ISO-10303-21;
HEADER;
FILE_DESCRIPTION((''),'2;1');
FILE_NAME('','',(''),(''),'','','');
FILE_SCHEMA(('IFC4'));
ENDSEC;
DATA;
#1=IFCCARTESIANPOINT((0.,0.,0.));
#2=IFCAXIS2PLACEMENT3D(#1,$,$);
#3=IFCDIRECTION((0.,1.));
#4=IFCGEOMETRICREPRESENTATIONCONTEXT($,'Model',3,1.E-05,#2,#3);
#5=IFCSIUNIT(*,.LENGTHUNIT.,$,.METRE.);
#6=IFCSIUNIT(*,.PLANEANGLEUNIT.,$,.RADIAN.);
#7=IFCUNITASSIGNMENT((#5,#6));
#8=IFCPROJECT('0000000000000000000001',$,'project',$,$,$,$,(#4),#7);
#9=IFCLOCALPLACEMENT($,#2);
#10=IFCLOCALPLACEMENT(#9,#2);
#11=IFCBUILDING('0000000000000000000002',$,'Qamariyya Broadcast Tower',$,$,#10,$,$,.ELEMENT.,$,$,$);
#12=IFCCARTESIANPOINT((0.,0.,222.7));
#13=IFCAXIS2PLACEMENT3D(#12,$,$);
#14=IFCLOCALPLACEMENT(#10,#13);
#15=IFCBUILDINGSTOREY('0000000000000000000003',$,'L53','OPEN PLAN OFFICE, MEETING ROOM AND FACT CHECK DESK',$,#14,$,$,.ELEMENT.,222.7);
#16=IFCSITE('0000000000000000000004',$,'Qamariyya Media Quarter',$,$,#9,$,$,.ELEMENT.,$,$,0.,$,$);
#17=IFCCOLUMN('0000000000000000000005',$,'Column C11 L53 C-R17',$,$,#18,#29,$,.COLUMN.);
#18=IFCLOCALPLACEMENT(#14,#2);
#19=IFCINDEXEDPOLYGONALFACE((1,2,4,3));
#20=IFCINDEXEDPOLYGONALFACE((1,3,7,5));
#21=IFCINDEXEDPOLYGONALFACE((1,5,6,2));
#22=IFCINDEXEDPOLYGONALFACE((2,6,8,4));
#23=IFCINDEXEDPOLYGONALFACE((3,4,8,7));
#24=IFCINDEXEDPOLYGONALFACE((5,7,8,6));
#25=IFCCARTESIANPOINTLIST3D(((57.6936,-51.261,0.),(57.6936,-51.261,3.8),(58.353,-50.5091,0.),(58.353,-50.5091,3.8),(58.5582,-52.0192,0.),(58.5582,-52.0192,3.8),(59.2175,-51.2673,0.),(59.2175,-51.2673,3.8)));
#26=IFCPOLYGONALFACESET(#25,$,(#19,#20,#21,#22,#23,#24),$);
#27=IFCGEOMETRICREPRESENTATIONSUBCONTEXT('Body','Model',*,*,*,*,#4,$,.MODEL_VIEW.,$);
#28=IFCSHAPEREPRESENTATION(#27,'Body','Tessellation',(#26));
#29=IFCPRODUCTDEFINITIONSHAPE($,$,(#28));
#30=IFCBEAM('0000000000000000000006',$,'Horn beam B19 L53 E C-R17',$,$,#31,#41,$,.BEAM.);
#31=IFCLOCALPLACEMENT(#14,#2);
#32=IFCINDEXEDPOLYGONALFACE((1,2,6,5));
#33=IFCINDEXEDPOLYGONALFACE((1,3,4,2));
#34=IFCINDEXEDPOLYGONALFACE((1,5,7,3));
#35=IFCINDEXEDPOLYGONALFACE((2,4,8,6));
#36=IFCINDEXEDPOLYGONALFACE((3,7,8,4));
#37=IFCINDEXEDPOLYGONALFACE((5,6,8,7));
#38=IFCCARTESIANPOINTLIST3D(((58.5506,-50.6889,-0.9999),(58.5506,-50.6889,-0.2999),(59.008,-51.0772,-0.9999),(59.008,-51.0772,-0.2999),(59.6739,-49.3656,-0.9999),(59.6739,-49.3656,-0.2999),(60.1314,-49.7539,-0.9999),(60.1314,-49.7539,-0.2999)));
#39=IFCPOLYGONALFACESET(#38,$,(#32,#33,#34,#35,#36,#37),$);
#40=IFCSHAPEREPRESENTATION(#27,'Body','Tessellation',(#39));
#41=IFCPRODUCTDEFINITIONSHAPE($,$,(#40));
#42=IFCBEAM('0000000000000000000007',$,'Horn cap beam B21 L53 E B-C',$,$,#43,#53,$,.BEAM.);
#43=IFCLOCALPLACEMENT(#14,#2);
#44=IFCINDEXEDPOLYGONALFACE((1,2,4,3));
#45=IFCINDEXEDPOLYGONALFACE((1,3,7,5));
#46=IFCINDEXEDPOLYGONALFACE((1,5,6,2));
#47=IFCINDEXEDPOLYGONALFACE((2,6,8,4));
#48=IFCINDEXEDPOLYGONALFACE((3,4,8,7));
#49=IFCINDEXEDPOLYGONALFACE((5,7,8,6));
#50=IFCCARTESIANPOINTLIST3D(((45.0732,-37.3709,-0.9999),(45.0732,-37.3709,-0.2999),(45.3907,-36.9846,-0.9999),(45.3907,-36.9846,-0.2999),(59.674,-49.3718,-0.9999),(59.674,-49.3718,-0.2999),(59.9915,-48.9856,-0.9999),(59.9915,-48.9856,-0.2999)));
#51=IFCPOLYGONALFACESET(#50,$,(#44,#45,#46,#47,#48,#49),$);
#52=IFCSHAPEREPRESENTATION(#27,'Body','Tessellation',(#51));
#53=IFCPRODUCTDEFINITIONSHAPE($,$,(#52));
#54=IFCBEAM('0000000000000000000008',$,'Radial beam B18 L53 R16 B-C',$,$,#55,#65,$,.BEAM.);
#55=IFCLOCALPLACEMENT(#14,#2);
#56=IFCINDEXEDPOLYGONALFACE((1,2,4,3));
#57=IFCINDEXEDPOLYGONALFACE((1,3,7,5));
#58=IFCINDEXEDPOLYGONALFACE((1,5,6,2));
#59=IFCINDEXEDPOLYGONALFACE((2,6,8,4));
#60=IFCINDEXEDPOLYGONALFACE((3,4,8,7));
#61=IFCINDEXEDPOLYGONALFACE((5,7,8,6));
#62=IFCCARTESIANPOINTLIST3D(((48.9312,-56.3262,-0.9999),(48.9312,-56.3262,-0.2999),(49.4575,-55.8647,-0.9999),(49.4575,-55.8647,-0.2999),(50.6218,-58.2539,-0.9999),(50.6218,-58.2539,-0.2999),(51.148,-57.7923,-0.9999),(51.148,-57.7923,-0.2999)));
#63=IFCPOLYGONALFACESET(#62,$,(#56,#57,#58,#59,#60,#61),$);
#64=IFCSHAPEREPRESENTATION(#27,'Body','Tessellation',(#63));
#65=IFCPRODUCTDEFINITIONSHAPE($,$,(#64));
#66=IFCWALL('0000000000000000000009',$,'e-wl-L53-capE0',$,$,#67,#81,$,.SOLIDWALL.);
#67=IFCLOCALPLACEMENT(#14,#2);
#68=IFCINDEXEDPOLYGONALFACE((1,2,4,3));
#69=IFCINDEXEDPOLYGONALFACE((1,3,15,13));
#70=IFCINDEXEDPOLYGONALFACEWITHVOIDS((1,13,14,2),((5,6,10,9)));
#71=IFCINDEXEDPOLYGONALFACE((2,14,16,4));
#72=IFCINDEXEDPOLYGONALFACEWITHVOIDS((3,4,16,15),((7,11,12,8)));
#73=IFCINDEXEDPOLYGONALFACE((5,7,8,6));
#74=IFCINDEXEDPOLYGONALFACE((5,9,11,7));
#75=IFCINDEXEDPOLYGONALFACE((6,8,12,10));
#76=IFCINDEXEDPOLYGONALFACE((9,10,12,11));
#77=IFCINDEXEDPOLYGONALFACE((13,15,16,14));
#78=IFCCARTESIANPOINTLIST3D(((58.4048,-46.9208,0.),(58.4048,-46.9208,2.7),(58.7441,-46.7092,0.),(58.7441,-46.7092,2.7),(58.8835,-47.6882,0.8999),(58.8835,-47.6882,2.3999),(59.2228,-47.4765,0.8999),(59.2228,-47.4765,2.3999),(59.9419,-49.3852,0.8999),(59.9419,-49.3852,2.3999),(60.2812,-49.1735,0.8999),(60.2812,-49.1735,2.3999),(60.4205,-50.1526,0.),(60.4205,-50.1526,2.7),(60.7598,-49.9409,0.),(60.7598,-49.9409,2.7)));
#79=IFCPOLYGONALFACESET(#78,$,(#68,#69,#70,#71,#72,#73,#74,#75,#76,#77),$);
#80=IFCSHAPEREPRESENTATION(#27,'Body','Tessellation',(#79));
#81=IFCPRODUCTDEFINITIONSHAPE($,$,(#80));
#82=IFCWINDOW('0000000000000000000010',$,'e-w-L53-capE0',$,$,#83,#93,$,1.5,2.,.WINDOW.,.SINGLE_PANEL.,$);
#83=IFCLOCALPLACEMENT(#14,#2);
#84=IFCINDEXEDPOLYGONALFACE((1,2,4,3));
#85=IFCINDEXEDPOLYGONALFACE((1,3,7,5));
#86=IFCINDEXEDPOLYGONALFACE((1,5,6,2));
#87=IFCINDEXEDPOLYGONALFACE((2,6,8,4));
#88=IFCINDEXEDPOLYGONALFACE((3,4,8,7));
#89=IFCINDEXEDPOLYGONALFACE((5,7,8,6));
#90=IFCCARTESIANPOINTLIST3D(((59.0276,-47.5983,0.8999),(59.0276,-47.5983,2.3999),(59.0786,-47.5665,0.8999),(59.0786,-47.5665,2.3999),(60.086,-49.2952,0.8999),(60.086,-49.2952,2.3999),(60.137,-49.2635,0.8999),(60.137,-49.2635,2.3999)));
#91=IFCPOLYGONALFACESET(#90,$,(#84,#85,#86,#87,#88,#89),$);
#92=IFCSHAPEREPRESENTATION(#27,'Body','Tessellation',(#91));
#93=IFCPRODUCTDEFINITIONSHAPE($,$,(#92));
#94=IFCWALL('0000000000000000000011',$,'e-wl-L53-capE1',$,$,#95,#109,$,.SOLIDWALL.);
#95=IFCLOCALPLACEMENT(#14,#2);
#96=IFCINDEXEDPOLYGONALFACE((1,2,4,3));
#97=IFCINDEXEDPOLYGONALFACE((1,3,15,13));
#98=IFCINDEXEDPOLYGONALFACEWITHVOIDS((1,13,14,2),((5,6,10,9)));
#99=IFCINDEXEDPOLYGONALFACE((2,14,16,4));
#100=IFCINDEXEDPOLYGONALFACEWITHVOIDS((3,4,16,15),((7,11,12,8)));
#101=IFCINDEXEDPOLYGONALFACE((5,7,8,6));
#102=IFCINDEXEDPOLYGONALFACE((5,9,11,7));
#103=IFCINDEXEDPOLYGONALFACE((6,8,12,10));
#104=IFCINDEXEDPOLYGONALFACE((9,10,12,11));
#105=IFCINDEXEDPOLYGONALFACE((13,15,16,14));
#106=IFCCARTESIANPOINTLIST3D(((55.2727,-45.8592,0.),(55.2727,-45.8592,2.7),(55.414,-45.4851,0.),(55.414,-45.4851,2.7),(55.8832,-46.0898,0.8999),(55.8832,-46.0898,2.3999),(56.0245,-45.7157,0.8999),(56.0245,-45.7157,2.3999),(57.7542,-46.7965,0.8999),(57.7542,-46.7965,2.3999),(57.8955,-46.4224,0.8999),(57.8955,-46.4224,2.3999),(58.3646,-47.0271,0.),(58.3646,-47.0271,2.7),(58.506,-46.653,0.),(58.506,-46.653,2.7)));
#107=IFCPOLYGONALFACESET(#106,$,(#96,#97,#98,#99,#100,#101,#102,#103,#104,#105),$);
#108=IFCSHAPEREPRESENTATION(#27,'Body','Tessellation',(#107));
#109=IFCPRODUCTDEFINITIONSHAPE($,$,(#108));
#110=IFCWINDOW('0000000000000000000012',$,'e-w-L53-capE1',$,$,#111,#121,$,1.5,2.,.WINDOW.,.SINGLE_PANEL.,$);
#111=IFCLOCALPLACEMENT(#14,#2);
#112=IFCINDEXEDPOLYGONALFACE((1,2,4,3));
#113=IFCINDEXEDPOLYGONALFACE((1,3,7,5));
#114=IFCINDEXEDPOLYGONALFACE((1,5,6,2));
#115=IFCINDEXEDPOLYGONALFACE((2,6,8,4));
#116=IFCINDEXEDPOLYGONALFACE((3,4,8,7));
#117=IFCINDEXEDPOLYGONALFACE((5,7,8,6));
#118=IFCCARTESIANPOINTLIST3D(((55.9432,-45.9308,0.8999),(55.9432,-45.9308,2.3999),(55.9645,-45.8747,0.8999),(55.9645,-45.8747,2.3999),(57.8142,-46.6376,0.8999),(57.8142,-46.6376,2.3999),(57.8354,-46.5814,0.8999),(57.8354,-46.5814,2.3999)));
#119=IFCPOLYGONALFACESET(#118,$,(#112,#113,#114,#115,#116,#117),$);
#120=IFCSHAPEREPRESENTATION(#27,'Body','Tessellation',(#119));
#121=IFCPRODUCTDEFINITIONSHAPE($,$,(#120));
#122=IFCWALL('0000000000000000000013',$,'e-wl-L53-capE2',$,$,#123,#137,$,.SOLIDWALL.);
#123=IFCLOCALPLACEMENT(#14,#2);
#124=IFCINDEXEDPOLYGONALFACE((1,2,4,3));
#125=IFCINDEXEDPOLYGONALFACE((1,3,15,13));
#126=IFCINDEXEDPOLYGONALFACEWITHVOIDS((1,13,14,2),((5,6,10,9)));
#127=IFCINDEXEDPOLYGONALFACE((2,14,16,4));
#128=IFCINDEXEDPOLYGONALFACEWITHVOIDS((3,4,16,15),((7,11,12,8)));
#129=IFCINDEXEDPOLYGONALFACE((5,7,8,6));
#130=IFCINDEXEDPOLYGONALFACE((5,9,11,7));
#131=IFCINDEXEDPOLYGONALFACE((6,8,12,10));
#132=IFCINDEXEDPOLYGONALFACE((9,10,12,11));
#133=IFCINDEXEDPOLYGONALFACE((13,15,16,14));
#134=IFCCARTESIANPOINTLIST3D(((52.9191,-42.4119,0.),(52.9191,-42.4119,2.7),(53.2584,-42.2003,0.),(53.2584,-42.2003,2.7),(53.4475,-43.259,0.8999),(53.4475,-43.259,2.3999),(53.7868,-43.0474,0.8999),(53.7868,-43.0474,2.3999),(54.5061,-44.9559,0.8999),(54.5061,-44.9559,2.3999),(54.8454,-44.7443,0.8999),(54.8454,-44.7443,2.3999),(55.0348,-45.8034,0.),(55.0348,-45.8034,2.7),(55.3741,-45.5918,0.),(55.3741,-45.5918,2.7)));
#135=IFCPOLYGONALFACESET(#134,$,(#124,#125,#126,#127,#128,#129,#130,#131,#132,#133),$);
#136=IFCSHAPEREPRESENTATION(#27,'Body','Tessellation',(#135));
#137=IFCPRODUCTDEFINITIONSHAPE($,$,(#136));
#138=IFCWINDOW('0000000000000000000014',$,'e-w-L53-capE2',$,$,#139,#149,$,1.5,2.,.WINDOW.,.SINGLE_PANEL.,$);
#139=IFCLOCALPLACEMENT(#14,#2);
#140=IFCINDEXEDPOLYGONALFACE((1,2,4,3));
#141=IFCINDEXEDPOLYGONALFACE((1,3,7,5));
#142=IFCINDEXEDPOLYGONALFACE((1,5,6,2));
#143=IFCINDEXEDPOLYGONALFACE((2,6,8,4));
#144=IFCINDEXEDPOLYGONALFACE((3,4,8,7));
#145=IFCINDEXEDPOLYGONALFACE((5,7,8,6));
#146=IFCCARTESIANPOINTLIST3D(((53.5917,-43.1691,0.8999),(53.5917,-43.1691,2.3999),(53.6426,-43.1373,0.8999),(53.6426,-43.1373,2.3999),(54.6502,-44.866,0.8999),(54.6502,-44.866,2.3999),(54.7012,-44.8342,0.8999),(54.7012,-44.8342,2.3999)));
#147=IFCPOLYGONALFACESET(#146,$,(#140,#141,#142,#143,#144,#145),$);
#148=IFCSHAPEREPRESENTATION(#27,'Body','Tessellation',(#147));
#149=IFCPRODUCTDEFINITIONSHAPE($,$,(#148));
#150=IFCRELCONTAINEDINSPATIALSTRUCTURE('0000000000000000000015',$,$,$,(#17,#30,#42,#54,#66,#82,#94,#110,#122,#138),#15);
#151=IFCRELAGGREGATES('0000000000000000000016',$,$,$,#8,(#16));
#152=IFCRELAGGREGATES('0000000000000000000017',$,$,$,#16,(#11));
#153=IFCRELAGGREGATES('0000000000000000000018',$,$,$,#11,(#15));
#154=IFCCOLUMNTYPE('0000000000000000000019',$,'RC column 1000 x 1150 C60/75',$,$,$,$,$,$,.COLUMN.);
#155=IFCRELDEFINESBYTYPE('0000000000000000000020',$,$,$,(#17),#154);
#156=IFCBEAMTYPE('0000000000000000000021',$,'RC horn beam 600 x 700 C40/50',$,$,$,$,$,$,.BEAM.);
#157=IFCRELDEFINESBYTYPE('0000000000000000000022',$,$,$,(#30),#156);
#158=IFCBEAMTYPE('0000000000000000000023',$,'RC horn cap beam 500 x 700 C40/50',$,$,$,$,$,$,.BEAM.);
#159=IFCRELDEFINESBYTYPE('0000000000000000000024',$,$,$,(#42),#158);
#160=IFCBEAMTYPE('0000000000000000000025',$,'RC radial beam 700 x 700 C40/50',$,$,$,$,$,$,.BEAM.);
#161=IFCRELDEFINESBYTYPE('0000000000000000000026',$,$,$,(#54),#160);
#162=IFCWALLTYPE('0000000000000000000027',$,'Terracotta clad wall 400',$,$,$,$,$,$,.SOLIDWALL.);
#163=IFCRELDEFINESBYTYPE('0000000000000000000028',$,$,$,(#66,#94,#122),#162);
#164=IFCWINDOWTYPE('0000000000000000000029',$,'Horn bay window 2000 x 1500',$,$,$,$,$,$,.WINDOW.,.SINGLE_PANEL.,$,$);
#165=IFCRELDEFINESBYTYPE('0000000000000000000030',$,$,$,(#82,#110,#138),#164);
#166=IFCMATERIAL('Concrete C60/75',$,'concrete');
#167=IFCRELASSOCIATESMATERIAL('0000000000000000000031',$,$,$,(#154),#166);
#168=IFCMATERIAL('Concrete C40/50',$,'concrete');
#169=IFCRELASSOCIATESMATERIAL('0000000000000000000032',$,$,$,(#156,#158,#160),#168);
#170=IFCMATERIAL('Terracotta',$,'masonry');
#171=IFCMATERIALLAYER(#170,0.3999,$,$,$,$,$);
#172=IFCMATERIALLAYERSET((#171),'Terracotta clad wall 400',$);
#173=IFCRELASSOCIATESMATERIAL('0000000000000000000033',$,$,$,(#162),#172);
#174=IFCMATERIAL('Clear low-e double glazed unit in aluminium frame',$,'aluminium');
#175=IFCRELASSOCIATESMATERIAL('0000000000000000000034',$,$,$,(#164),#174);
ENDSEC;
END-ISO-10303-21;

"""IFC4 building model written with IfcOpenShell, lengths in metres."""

from ifc_helpers import new_model, si_unit, direction, frame, frame_2d, origin, origin_2d, place, context, subcontext, project, spatial, rectangle, extrude, material, layer, layer_set, material_profile, profile_set, type_object, element, fill, save


model = new_model("IFC4")

# Units and contexts
model_context = context("Model", 3, precision=1e-05, world=origin(), true_north=direction((0.0, 1.0)))
body_context = subcontext(model_context, "Body", "Model", "MODEL_VIEW")
ifc_project = project(units=[si_unit("LENGTHUNIT", "METRE"), si_unit("PLANEANGLEUNIT", "RADIAN")], contexts=[model_context])

# Site, building, storey
site_placement = place(None, origin())
site = spatial("IfcSite", under=ifc_project, at=site_placement, Name="Qamariyya Media Quarter", CompositionType="ELEMENT", RefElevation=0.0)
building_placement = place(site_placement, origin())
building = spatial("IfcBuilding", under=site, at=building_placement, Name="Qamariyya Broadcast Tower", CompositionType="ELEMENT")
storey_placement = place(building_placement, frame((0.0, 0.0, 222.7)))
storey = spatial("IfcBuildingStorey", under=building, at=storey_placement, Name="L53", Description="OPEN PLAN OFFICE, MEETING ROOM AND FACT CHECK DESK", CompositionType="ELEMENT", Elevation=222.7)

# Column
ifc_material_1 = material(Name="Concrete C60/75", Category="concrete")
ifc_material_profile_1 = material_profile(ifc_material_1, rectangle(XDim=1.0, YDim=1.1499, at=origin_2d()))
ifc_profile_set_1 = profile_set([ifc_material_profile_1], Name="Concrete C60/75")
column_type = type_object("IfcColumnType", Name="RC column 1000 x 1150 C60/75", PredefinedType="COLUMN", material=ifc_profile_set_1)
column_placement = place(storey_placement, frame((58.4556, -51.2642, 0.0), z_axis=(0.0, 0.0, 1.0), x_axis=(0.659346, 0.75184, 0.0)))
element("IfcColumn", 1, at=column_placement, inside=storey, type_object=column_type, Name="Column C11 L53 C-R17", PredefinedType="COLUMN", context=body_context, shape_type="SweptSolid", body=[
    extrude(rectangle(XDim=1.0, YDim=1.1499, at=origin_2d()), origin(), (0.0, 0.0, 1.0), 3.8),
])

# Beams
ifc_material_2 = material(Name="Concrete C40/50", Category="concrete")
ifc_material_profile_2 = material_profile(ifc_material_2, rectangle(XDim=0.6001, YDim=0.7, at=origin_2d()))
ifc_profile_set_2 = profile_set([ifc_material_profile_2], Name="Concrete C40/50")
beam_type_1 = type_object("IfcBeamType", Name="RC horn beam 600 x 700 C40/50", PredefinedType="BEAM", material=ifc_profile_set_2)
beam_1_placement = place(storey_placement, frame((58.7793, -50.8831, -0.6499), z_axis=(0.647158, 0.762356, 0.0), x_axis=(-0.762356, 0.647158, 0.0)))
element("IfcBeam", 2, at=beam_1_placement, inside=storey, type_object=beam_type_1, Name="Horn beam B19 L53 E C-R17", PredefinedType="BEAM", context=body_context, shape_type="SweptSolid", body=[
    extrude(rectangle(XDim=0.6001, YDim=0.7, at=origin_2d()), origin(), (0.0, 0.0, 1.0), 1.7358),
])
ifc_material_profile_3 = material_profile(ifc_material_2, rectangle(XDim=0.5, YDim=0.7, at=origin_2d()))
ifc_profile_set_3 = profile_set([ifc_material_profile_3], Name="Concrete C40/50")
beam_type_2 = type_object("IfcBeamType", Name="RC horn cap beam 500 x 700 C40/50", PredefinedType="BEAM", material=ifc_profile_set_3)
beam_2_placement = place(storey_placement, frame((45.2319, -37.1777, -0.6499), z_axis=(0.772533, -0.634974, 0.0), x_axis=(0.634974, 0.772533, 0.0)))
element("IfcBeam", 3, at=beam_2_placement, inside=storey, type_object=beam_type_2, Name="Horn cap beam B21 L53 E B-C", PredefinedType="BEAM", context=body_context, shape_type="SweptSolid", body=[
    extrude(rectangle(XDim=0.5, YDim=0.7, at=origin_2d()), origin(), (0.0, 0.0, 1.0), 18.8999),
])
ifc_material_profile_4 = material_profile(ifc_material_2, rectangle(XDim=0.7, YDim=0.7, at=origin_2d()))
ifc_profile_set_4 = profile_set([ifc_material_profile_4], Name="Concrete C40/50")
beam_type_3 = type_object("IfcBeamType", Name="RC radial beam 700 x 700 C40/50", PredefinedType="BEAM", material=ifc_profile_set_4)
beam_3_placement = place(storey_placement, frame((49.1943, -56.0955, -0.6499), z_axis=(0.659367, -0.751821, 0.0), x_axis=(0.751821, 0.659367, 0.0)))
element("IfcBeam", 4, at=beam_3_placement, inside=storey, type_object=beam_type_3, Name="Radial beam B18 L53 R16 B-C", PredefinedType="BEAM", context=body_context, shape_type="SweptSolid", body=[
    extrude(rectangle(XDim=0.7, YDim=0.7, at=origin_2d()), origin(), (0.0, 0.0, 1.0), 2.564),
])

# Walls, openings, windows
ifc_material_3 = material(Name="Terracotta", Category="masonry")
ifc_layer = layer(ifc_material_3, 0.3999)
ifc_layer_set = layer_set([ifc_layer], Name="Terracotta clad wall 400")
wall_type = type_object("IfcWallType", Name="Terracotta clad wall 400", PredefinedType="SOLIDWALL", material=ifc_layer_set)
wall_1_placement = place(storey_placement, frame((60.5901, -50.0466, 0.0), z_axis=(0.0, 0.0, 1.0), x_axis=(-0.529209, 0.848491, 0.0)))
wall_1 = element("IfcWall", 5, at=wall_1_placement, inside=storey, type_object=wall_type, Name="e-wl-L53-capE0", PredefinedType="SOLIDWALL", context=body_context, shape_type="SweptSolid", body=[
    extrude(rectangle(XDim=3.8088, YDim=0.3999, at=frame_2d((1.9043, 0.0))), origin(), (0.0, 0.0, 1.0), 2.7),
])
opening_1_placement = place(wall_1_placement, frame((0.9043, 0.0, 0.8999)))
opening_1 = element("IfcOpeningElement", 6, at=opening_1_placement, cuts=wall_1, PredefinedType="OPENING", context=body_context, shape_type="SweptSolid", body=[
    extrude(rectangle(XDim=2.0, YDim=1.5, at=frame_2d((1.0, 0.75))), frame((0.0, 0.21, 0.0), z_axis=(0.0, -1.0, 0.0), x_axis=(1.0, 0.0, 0.0)), (0.0, 0.0, 1.0), 0.4199),
])
ifc_material_4 = material(Name="Clear low-e double glazed unit in aluminium frame", Category="aluminium")
window_type = type_object("IfcWindowType", Name="Horn bay window 2000 x 1500", PartitioningType="SINGLE_PANEL", PredefinedType="WINDOW", material=ifc_material_4)
window_1_placement = place(opening_1_placement, origin())
window_1 = element("IfcWindow", 7, at=window_1_placement, inside=storey, type_object=window_type, Name="e-w-L53-capE0", OverallHeight=1.5, OverallWidth=2.0, PartitioningType="SINGLE_PANEL", PredefinedType="WINDOW", context=body_context, shape_type="SweptSolid", body=[
    extrude(rectangle(XDim=2.0, YDim=1.5, at=frame_2d((1.0, 0.75))), frame((0.0, 0.03, 0.0), z_axis=(0.0, -1.0, 0.0), x_axis=(1.0, 0.0, 0.0)), (0.0, 0.0, 1.0), 0.0601),
])
fill(opening_1, window_1)
wall_2_placement = place(storey_placement, frame((58.4353, -46.8401, 0.0), z_axis=(0.0, 0.0, 1.0), x_axis=(-0.935486, 0.353365, 0.0)))
wall_2 = element("IfcWall", 8, at=wall_2_placement, inside=storey, type_object=wall_type, Name="e-wl-L53-capE1", PredefinedType="SOLIDWALL", context=body_context, shape_type="SweptSolid", body=[
    extrude(rectangle(XDim=3.3052, YDim=0.3999, at=frame_2d((1.6526, 0.0))), origin(), (0.0, 0.0, 1.0), 2.7),
])
opening_2_placement = place(wall_2_placement, frame((0.6526, 0.0, 0.8999)))
opening_2 = element("IfcOpeningElement", 9, at=opening_2_placement, cuts=wall_2, PredefinedType="OPENING", context=body_context, shape_type="SweptSolid", body=[
    extrude(rectangle(XDim=2.0, YDim=1.5, at=frame_2d((1.0, 0.75))), frame((0.0, 0.21, 0.0), z_axis=(0.0, -1.0, 0.0), x_axis=(1.0, 0.0, 0.0)), (0.0, 0.0, 1.0), 0.4199),
])
window_2_placement = place(opening_2_placement, origin())
window_2 = element("IfcWindow", 10, at=window_2_placement, inside=storey, type_object=window_type, Name="e-w-L53-capE1", OverallHeight=1.5, OverallWidth=2.0, PartitioningType="SINGLE_PANEL", PredefinedType="WINDOW", context=body_context, shape_type="SweptSolid", body=[
    extrude(rectangle(XDim=2.0, YDim=1.5, at=frame_2d((1.0, 0.75))), frame((0.0, 0.03, 0.0), z_axis=(0.0, -1.0, 0.0), x_axis=(1.0, 0.0, 0.0)), (0.0, 0.0, 1.0), 0.0601),
])
fill(opening_2, window_2)
wall_3_placement = place(storey_placement, frame((55.2043, -45.6975, 0.0), z_axis=(0.0, 0.0, 1.0), x_axis=(-0.529274, 0.848451, 0.0)))
wall_3 = element("IfcWall", 11, at=wall_3_placement, inside=storey, type_object=wall_type, Name="e-wl-L53-capE2", PredefinedType="SOLIDWALL", context=body_context, shape_type="SweptSolid", body=[
    extrude(rectangle(XDim=3.9973, YDim=0.3999, at=frame_2d((1.9985, 0.0))), origin(), (0.0, 0.0, 1.0), 2.7),
])
opening_3_placement = place(wall_3_placement, frame((0.9988, 0.0, 0.8999)))
opening_3 = element("IfcOpeningElement", 12, at=opening_3_placement, cuts=wall_3, PredefinedType="OPENING", context=body_context, shape_type="SweptSolid", body=[
    extrude(rectangle(XDim=2.0, YDim=1.5, at=frame_2d((1.0, 0.75))), frame((0.0, 0.21, 0.0), z_axis=(0.0, -1.0, 0.0), x_axis=(1.0, 0.0, 0.0)), (0.0, 0.0, 1.0), 0.4199),
])
window_3_placement = place(opening_3_placement, origin())
window_3 = element("IfcWindow", 13, at=window_3_placement, inside=storey, type_object=window_type, Name="e-w-L53-capE2", OverallHeight=1.5, OverallWidth=2.0, PartitioningType="SINGLE_PANEL", PredefinedType="WINDOW", context=body_context, shape_type="SweptSolid", body=[
    extrude(rectangle(XDim=2.0, YDim=1.5, at=frame_2d((1.0, 0.75))), frame((0.0, 0.03, 0.0), z_axis=(0.0, -1.0, 0.0), x_axis=(1.0, 0.0, 0.0)), (0.0, 0.0, 1.0), 0.0601),
])
fill(opening_3, window_3)

save(model, "model.ifc")
